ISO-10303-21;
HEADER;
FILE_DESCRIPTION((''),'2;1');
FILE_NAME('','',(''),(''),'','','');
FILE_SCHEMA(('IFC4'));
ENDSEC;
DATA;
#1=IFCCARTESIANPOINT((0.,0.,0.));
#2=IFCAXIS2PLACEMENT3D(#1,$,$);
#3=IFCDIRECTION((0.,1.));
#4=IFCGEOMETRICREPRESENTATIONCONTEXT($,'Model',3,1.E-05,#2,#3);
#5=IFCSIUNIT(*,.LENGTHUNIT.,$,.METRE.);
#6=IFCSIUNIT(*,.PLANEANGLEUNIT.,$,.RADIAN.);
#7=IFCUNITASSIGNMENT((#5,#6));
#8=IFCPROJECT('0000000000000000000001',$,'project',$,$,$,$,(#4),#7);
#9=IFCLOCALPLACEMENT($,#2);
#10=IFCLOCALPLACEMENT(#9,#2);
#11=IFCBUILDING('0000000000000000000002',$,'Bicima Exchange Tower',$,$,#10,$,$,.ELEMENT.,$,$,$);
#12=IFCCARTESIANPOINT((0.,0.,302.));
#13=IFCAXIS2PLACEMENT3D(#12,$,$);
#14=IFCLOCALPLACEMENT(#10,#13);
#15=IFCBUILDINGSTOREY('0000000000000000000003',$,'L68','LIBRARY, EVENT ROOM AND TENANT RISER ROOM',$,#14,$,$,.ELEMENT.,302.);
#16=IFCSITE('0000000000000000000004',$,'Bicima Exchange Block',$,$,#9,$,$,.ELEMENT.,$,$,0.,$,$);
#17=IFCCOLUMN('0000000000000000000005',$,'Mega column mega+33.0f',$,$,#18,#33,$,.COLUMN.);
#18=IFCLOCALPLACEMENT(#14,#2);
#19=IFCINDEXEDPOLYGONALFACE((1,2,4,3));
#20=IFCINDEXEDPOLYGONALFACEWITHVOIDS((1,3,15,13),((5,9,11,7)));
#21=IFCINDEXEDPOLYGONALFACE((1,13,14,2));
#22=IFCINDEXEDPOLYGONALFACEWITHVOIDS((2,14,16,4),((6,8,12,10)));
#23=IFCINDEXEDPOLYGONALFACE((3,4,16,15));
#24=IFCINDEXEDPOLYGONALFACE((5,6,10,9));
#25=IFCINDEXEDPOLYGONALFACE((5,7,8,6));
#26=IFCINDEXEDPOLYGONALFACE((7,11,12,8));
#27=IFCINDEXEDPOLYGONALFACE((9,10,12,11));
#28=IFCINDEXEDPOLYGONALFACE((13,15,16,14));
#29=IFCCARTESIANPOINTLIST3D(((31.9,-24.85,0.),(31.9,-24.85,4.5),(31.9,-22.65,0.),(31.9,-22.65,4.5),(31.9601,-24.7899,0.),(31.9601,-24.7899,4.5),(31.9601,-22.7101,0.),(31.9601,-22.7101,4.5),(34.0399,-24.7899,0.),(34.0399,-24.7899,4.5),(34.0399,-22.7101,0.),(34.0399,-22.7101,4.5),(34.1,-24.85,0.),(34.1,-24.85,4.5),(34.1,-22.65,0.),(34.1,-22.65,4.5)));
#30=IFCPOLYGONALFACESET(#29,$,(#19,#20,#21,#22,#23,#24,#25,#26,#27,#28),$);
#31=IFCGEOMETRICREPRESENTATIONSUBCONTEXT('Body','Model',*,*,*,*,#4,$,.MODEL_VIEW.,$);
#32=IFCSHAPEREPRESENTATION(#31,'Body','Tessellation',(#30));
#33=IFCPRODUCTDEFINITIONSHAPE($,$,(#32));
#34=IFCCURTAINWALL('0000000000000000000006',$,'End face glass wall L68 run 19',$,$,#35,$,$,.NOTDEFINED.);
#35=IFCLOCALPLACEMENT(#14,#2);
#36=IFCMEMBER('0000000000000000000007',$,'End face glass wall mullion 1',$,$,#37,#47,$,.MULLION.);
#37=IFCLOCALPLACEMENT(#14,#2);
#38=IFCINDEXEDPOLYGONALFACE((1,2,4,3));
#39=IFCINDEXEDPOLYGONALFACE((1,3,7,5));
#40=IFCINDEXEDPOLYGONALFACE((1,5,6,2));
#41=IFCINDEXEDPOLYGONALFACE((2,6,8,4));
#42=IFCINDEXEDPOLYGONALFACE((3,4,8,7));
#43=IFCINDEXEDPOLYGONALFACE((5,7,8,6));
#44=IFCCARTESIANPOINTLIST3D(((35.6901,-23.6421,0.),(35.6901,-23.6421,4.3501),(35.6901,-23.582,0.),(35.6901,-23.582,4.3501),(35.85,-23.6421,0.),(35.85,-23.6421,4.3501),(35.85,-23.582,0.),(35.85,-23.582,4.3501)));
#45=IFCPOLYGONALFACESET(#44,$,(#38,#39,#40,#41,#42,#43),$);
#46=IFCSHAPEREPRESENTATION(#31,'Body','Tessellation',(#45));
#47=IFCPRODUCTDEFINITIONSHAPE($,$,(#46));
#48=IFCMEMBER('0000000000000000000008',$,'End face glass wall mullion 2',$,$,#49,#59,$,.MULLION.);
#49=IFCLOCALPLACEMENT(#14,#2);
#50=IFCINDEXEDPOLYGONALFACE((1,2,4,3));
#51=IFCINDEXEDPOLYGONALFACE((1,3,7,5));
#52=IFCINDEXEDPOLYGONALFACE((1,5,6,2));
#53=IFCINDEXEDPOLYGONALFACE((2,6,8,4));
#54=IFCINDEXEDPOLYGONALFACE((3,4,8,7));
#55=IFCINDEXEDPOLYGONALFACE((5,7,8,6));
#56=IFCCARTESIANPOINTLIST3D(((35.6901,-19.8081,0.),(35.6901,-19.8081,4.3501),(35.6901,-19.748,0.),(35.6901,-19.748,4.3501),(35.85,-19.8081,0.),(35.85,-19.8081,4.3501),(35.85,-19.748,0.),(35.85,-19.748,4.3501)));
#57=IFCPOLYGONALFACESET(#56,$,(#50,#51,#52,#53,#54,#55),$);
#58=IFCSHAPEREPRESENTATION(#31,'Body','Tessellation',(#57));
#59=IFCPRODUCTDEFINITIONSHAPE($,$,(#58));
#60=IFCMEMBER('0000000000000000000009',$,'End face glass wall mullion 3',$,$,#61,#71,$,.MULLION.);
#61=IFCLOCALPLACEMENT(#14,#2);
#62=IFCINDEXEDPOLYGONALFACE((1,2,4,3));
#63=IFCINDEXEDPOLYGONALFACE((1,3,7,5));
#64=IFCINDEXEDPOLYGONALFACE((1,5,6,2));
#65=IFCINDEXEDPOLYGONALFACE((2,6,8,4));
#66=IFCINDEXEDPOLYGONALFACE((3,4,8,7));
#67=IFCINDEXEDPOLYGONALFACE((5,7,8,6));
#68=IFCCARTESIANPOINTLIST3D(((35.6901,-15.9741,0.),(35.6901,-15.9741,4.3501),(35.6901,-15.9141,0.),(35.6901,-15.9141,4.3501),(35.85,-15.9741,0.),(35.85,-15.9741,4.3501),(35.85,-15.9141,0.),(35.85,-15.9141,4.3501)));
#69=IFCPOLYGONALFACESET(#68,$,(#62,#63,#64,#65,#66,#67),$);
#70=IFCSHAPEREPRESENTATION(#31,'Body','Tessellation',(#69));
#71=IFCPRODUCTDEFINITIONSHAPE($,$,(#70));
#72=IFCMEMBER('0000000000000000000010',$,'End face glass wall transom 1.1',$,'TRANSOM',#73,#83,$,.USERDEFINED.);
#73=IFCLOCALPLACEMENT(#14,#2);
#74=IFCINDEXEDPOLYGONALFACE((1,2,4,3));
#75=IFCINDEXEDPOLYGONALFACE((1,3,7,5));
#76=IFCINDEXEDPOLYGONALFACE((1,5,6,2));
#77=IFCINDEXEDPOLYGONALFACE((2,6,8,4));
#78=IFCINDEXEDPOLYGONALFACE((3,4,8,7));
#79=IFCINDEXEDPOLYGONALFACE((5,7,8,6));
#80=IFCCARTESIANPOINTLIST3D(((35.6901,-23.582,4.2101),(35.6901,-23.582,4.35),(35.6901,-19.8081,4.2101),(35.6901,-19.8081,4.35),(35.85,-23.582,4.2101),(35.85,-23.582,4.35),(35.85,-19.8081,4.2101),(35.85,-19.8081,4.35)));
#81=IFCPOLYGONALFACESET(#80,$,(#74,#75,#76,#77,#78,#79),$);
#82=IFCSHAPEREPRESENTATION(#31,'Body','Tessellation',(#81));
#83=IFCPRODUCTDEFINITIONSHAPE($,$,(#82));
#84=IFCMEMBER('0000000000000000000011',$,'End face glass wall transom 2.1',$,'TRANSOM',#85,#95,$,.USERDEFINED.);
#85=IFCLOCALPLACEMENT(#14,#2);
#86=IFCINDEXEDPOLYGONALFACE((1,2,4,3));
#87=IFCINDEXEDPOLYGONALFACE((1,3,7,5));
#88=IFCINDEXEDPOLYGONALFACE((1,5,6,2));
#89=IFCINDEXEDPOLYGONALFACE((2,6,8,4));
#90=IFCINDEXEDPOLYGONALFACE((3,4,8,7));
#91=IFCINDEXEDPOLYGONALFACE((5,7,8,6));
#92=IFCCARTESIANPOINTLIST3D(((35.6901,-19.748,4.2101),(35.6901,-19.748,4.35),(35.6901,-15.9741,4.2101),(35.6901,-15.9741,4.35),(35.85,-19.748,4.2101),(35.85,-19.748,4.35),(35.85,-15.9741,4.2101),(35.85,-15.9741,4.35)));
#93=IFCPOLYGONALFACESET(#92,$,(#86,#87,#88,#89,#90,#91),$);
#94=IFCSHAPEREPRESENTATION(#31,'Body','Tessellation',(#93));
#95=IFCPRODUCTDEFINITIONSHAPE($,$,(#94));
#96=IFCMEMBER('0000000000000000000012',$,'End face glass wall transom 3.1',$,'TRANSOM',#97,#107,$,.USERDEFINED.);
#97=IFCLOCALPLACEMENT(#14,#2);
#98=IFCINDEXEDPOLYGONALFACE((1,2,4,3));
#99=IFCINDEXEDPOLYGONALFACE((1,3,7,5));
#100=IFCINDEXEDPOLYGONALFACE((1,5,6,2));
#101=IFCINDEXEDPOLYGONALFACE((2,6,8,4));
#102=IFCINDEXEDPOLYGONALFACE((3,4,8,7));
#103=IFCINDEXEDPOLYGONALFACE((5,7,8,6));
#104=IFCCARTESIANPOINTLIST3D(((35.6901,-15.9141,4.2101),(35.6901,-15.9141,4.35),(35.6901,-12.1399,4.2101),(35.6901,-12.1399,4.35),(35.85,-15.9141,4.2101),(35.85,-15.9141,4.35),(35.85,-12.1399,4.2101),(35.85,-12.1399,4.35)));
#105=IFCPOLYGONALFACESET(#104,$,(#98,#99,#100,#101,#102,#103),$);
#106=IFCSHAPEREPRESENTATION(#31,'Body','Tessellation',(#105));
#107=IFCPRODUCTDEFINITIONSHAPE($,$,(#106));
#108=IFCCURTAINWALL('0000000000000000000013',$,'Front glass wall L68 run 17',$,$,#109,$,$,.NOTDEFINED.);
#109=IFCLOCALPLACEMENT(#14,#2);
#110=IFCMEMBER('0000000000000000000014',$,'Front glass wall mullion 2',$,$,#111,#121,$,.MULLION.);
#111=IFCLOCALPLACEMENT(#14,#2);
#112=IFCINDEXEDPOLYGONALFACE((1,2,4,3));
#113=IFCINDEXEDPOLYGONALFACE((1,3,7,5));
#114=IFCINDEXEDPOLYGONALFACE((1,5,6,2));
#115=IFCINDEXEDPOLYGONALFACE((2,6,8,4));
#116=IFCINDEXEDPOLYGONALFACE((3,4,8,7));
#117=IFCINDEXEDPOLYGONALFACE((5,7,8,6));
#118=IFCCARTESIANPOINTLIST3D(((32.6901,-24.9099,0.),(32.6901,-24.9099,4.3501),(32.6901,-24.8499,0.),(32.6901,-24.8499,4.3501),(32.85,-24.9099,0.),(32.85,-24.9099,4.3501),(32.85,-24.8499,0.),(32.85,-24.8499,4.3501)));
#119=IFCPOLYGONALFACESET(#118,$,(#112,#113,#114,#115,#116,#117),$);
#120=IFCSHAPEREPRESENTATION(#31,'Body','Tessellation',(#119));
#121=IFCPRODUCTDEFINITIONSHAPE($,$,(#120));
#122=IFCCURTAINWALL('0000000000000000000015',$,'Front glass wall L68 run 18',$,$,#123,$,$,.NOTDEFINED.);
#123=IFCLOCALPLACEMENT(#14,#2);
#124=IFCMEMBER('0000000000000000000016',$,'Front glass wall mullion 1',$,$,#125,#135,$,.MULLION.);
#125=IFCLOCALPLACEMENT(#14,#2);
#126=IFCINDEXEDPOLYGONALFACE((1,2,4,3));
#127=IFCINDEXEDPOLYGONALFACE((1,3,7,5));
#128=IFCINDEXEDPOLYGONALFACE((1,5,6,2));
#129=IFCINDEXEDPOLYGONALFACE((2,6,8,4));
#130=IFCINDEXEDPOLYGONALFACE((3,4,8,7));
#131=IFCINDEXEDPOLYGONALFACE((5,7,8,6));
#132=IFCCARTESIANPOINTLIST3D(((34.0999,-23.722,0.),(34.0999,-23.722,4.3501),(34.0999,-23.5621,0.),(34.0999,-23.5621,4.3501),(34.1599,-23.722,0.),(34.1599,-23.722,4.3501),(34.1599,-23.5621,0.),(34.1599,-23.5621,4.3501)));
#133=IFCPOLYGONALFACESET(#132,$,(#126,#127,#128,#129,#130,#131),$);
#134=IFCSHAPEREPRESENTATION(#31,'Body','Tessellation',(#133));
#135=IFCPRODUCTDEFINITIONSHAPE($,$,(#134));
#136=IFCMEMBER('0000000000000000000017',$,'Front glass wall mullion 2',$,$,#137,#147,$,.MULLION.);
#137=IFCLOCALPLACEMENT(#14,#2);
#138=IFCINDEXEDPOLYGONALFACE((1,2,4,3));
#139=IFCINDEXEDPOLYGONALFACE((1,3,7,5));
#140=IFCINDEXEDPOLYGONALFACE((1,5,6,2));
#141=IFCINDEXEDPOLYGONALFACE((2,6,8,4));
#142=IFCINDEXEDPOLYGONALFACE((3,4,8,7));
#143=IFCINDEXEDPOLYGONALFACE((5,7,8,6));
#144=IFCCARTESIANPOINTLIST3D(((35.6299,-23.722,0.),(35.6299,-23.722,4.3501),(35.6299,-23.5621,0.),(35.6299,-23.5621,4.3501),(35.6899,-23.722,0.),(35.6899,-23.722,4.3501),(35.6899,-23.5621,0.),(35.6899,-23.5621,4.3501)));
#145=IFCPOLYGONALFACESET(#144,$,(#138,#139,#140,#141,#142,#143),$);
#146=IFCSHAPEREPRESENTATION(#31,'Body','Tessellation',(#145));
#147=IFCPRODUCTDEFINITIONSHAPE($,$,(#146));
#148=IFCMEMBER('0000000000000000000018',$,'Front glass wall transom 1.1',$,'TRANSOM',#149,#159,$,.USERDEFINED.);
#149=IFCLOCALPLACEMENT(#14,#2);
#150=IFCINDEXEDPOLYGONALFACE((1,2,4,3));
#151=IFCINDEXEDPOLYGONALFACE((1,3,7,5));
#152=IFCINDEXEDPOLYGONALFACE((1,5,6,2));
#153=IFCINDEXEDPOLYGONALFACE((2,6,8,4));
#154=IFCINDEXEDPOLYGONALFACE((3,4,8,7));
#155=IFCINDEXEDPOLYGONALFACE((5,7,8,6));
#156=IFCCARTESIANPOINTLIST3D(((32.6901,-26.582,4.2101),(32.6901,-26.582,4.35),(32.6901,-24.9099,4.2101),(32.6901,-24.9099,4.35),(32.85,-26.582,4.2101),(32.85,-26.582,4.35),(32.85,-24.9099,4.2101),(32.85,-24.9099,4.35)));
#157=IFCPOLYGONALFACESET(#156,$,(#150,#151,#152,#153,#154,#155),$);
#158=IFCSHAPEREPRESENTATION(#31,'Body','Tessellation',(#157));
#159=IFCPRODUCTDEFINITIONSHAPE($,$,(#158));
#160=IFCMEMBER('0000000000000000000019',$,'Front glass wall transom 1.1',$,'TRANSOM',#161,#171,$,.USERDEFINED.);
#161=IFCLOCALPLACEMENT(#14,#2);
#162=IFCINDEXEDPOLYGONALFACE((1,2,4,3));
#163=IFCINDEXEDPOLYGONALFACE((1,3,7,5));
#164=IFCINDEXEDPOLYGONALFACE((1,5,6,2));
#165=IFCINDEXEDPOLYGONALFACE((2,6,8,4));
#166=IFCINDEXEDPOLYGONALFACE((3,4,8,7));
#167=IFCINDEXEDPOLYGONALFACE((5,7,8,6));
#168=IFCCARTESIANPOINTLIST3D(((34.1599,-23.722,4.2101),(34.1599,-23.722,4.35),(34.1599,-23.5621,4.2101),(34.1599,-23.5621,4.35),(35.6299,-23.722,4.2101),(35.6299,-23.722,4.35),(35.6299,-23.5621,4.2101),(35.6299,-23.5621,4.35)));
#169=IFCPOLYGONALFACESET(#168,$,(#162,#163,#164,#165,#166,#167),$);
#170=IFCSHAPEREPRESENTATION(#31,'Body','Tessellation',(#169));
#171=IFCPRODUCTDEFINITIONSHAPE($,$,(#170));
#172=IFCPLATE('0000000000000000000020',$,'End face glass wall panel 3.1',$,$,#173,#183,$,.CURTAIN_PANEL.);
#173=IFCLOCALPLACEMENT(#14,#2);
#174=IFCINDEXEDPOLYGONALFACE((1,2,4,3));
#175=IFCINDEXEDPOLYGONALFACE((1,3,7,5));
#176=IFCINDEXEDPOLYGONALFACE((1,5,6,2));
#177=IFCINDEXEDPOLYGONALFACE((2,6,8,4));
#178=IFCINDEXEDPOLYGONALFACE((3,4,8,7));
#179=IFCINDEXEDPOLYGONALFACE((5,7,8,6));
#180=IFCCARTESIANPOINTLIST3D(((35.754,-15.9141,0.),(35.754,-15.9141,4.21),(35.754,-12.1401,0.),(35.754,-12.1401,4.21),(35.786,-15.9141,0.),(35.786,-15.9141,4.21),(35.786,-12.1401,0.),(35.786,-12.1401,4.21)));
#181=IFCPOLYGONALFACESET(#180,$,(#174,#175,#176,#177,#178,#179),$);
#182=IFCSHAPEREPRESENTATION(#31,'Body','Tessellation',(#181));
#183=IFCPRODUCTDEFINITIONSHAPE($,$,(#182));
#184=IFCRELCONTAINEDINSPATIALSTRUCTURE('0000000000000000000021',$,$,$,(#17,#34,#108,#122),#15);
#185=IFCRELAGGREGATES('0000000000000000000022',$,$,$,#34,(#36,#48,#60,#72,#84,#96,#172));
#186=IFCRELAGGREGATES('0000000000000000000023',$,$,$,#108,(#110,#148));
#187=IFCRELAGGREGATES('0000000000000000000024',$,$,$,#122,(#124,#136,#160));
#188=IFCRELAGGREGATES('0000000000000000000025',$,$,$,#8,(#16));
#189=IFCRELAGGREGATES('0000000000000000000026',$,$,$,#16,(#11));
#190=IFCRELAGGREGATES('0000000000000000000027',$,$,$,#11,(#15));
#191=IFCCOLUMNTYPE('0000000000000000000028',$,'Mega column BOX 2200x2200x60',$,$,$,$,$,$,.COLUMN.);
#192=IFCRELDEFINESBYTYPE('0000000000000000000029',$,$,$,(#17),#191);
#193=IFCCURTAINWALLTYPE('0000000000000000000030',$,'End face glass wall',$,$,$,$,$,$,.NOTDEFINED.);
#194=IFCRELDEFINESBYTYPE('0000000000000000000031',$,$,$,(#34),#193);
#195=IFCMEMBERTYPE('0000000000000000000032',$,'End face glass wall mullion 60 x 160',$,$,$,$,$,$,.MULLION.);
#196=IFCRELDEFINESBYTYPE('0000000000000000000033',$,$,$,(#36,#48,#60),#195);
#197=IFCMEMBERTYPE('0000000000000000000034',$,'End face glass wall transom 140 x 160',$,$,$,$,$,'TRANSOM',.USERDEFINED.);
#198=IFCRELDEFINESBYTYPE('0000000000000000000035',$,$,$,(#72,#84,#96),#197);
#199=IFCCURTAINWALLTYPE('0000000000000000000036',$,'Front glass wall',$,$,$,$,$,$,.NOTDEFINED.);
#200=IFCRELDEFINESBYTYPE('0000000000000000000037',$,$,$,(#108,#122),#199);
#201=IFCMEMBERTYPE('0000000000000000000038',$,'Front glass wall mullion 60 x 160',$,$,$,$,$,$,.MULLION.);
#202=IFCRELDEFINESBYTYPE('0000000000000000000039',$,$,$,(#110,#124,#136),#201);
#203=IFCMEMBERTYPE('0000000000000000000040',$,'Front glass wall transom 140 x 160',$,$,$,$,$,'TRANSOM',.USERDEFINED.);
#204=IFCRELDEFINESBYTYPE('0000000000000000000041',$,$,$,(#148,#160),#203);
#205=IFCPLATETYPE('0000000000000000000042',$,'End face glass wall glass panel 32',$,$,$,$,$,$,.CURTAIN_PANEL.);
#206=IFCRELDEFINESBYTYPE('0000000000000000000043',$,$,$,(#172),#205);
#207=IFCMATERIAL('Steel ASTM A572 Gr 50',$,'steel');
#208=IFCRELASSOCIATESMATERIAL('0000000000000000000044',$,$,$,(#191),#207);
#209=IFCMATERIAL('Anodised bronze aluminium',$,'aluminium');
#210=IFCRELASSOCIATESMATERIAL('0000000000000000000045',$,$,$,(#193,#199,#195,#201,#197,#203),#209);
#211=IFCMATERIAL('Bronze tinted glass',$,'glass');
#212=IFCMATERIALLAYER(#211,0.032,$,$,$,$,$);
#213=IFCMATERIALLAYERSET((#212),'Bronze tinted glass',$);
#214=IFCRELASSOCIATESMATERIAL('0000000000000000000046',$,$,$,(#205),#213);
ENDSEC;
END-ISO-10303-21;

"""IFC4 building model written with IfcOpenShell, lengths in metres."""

from ifc_helpers import new_model, si_unit, direction, frame, origin, origin_2d, place, context, subcontext, project, spatial, rectangle, hollow_rectangle, extrude, material, layer, layer_set, material_profile, profile_set, type_object, element, aggregate, save


model = new_model("IFC4")

# Units and contexts
model_context = context("Model", 3, precision=1e-05, world=origin(), true_north=direction((0.0, 1.0)))
body_context = subcontext(model_context, "Body", "Model", "MODEL_VIEW")
ifc_project = project(units=[si_unit("LENGTHUNIT", "METRE"), si_unit("PLANEANGLEUNIT", "RADIAN")], contexts=[model_context])

# Site, building, storey
site_placement = place(None, origin())
site = spatial("IfcSite", under=ifc_project, at=site_placement, Name="Bicima Exchange Block", CompositionType="ELEMENT", RefElevation=0.0)
building_placement = place(site_placement, origin())
building = spatial("IfcBuilding", under=site, at=building_placement, Name="Bicima Exchange Tower", CompositionType="ELEMENT")
storey_placement = place(building_placement, frame((0.0, 0.0, 302.0)))
storey = spatial("IfcBuildingStorey", under=building, at=storey_placement, Name="L68", Description="LIBRARY, EVENT ROOM AND TENANT RISER ROOM", CompositionType="ELEMENT", Elevation=302.0)

# Column
ifc_material_1 = material(Name="Steel ASTM A572 Gr 50", Category="steel")
ifc_material_profile_1 = material_profile(ifc_material_1, hollow_rectangle(XDim=2.2, YDim=2.2, WallThickness=0.0601, at=origin_2d()))
ifc_profile_set_1 = profile_set([ifc_material_profile_1], Name="Steel ASTM A572 Gr 50")
column_type = type_object("IfcColumnType", Name="Mega column BOX 2200x2200x60", PredefinedType="COLUMN", material=ifc_profile_set_1)
column_placement = place(storey_placement, frame((33.0, -23.75, 0.0), z_axis=(0.0, 0.0, 1.0), x_axis=(1.0, 0.0, 0.0)))
element("IfcColumn", 1, at=column_placement, inside=storey, type_object=column_type, Name="Mega column mega+33.0f", PredefinedType="COLUMN", context=body_context, shape_type="SweptSolid", body=[
    extrude(hollow_rectangle(XDim=2.2, YDim=2.2, WallThickness=0.0601, at=origin_2d()), origin(), (0.0, 0.0, 1.0), 4.5),
])

# Curtain wall, members
ifc_material_2 = material(Name="Anodised bronze aluminium", Category="aluminium")
curtain_wall_type_1 = type_object("IfcCurtainWallType", Name="End face glass wall", PredefinedType="NOTDEFINED", material=ifc_material_2)
curtain_wall_1_placement = place(storey_placement, origin())
curtain_wall_1 = element("IfcCurtainWall", 2, at=curtain_wall_1_placement, inside=storey, type_object=curtain_wall_type_1, Name="End face glass wall L68 run 19", PredefinedType="NOTDEFINED")
ifc_material_profile_2 = material_profile(ifc_material_2, rectangle(XDim=0.1599, YDim=0.0601, at=origin_2d()))
ifc_profile_set_2 = profile_set([ifc_material_profile_2], Name="Anodised bronze aluminium")
member_type_1 = type_object("IfcMemberType", Name="End face glass wall mullion 60 x 160", PredefinedType="MULLION", material=ifc_profile_set_2)
member_1_placement = place(storey_placement, frame((35.77, -23.6121, 0.0), z_axis=(0.0, 0.0, 1.0), x_axis=(-1.0, 0.0, 0.0)))
member_1 = element("IfcMember", 3, at=member_1_placement, type_object=member_type_1, Name="End face glass wall mullion 1", PredefinedType="MULLION", context=body_context, shape_type="SweptSolid", body=[
    extrude(rectangle(XDim=0.1599, YDim=0.0601, at=origin_2d()), origin(), (0.0, 0.0, 1.0), 4.3501),
])
member_2_placement = place(storey_placement, frame((35.77, -19.7781, 0.0), z_axis=(0.0, 0.0, 1.0), x_axis=(-1.0, 0.0, 0.0)))
member_2 = element("IfcMember", 4, at=member_2_placement, type_object=member_type_1, Name="End face glass wall mullion 2", PredefinedType="MULLION", context=body_context, shape_type="SweptSolid", body=[
    extrude(rectangle(XDim=0.1599, YDim=0.0601, at=origin_2d()), origin(), (0.0, 0.0, 1.0), 4.3501),
])
member_3_placement = place(storey_placement, frame((35.77, -15.9441, 0.0), z_axis=(0.0, 0.0, 1.0), x_axis=(-1.0, 0.0, 0.0)))
member_3 = element("IfcMember", 5, at=member_3_placement, type_object=member_type_1, Name="End face glass wall mullion 3", PredefinedType="MULLION", context=body_context, shape_type="SweptSolid", body=[
    extrude(rectangle(XDim=0.1599, YDim=0.0601, at=origin_2d()), origin(), (0.0, 0.0, 1.0), 4.3501),
])
ifc_material_profile_3 = material_profile(ifc_material_2, rectangle(XDim=0.1599, YDim=0.1399, at=origin_2d()))
ifc_profile_set_3 = profile_set([ifc_material_profile_3], Name="Anodised bronze aluminium")
member_type_2 = type_object("IfcMemberType", Name="End face glass wall transom 140 x 160", ElementType="TRANSOM", PredefinedType="USERDEFINED", material=ifc_profile_set_3)
member_4_placement = place(storey_placement, frame((35.77, -23.582, 4.28), z_axis=(0.0, 1.0, 0.0), x_axis=(-1.0, 0.0, 0.0)))
member_4 = element("IfcMember", 6, at=member_4_placement, type_object=member_type_2, Name="End face glass wall transom 1.1", ObjectType="TRANSOM", PredefinedType="USERDEFINED", context=body_context, shape_type="SweptSolid", body=[
    extrude(rectangle(XDim=0.1599, YDim=0.1399, at=origin_2d()), origin(), (0.0, 0.0, 1.0), 3.7739),
])
member_5_placement = place(storey_placement, frame((35.77, -19.748, 4.28), z_axis=(0.0, 1.0, 0.0), x_axis=(-1.0, 0.0, 0.0)))
member_5 = element("IfcMember", 7, at=member_5_placement, type_object=member_type_2, Name="End face glass wall transom 2.1", ObjectType="TRANSOM", PredefinedType="USERDEFINED", context=body_context, shape_type="SweptSolid", body=[
    extrude(rectangle(XDim=0.1599, YDim=0.1399, at=origin_2d()), origin(), (0.0, 0.0, 1.0), 3.7739),
])
member_6_placement = place(storey_placement, frame((35.77, -15.9141, 4.28), z_axis=(0.0, 1.0, 0.0), x_axis=(-1.0, 0.0, 0.0)))
member_6 = element("IfcMember", 8, at=member_6_placement, type_object=member_type_2, Name="End face glass wall transom 3.1", ObjectType="TRANSOM", PredefinedType="USERDEFINED", context=body_context, shape_type="SweptSolid", body=[
    extrude(rectangle(XDim=0.1599, YDim=0.1399, at=origin_2d()), origin(), (0.0, 0.0, 1.0), 3.7742),
])

# Curtain wall, member
curtain_wall_type_2 = type_object("IfcCurtainWallType", Name="Front glass wall", PredefinedType="NOTDEFINED", material=ifc_material_2)
curtain_wall_2_placement = place(storey_placement, origin())
curtain_wall_2 = element("IfcCurtainWall", 9, at=curtain_wall_2_placement, inside=storey, type_object=curtain_wall_type_2, Name="Front glass wall L68 run 17", PredefinedType="NOTDEFINED")
member_type_3 = type_object("IfcMemberType", Name="Front glass wall mullion 60 x 160", PredefinedType="MULLION", material=ifc_profile_set_2)
member_7_placement = place(storey_placement, frame((32.77, -24.8799, 0.0), z_axis=(0.0, 0.0, 1.0), x_axis=(-1.0, 0.0, 0.0)))
member_7 = element("IfcMember", 10, at=member_7_placement, type_object=member_type_3, Name="Front glass wall mullion 2", PredefinedType="MULLION", context=body_context, shape_type="SweptSolid", body=[
    extrude(rectangle(XDim=0.1599, YDim=0.0601, at=origin_2d()), origin(), (0.0, 0.0, 1.0), 4.3501),
])

# Curtain wall, members
curtain_wall_3_placement = place(storey_placement, origin())
curtain_wall_3 = element("IfcCurtainWall", 11, at=curtain_wall_3_placement, inside=storey, type_object=curtain_wall_type_2, Name="Front glass wall L68 run 18", PredefinedType="NOTDEFINED")
member_8_placement = place(storey_placement, frame((34.1299, -23.6421, 0.0), z_axis=(0.0, 0.0, 1.0), x_axis=(0.0, 1.0, 0.0)))
member_8 = element("IfcMember", 12, at=member_8_placement, type_object=member_type_3, Name="Front glass wall mullion 1", PredefinedType="MULLION", context=body_context, shape_type="SweptSolid", body=[
    extrude(rectangle(XDim=0.1599, YDim=0.0601, at=origin_2d()), origin(), (0.0, 0.0, 1.0), 4.3501),
])
member_9_placement = place(storey_placement, frame((35.6599, -23.6421, 0.0), z_axis=(0.0, 0.0, 1.0), x_axis=(0.0, 1.0, 0.0)))
member_9 = element("IfcMember", 13, at=member_9_placement, type_object=member_type_3, Name="Front glass wall mullion 2", PredefinedType="MULLION", context=body_context, shape_type="SweptSolid", body=[
    extrude(rectangle(XDim=0.1599, YDim=0.0601, at=origin_2d()), origin(), (0.0, 0.0, 1.0), 4.3501),
])

# Members
member_type_4 = type_object("IfcMemberType", Name="Front glass wall transom 140 x 160", ElementType="TRANSOM", PredefinedType="USERDEFINED", material=ifc_profile_set_3)
member_10_placement = place(storey_placement, frame((32.77, -26.582, 4.28), z_axis=(0.0, 1.0, 0.0), x_axis=(-1.0, 0.0, 0.0)))
member_10 = element("IfcMember", 14, at=member_10_placement, type_object=member_type_4, Name="Front glass wall transom 1.1", ObjectType="TRANSOM", PredefinedType="USERDEFINED", context=body_context, shape_type="SweptSolid", body=[
    extrude(rectangle(XDim=0.1599, YDim=0.1399, at=origin_2d()), origin(), (0.0, 0.0, 1.0), 1.6721),
])
member_11_placement = place(storey_placement, frame((34.1599, -23.6421, 4.28), z_axis=(1.0, 0.0, 0.0), x_axis=(0.0, 1.0, 0.0)))
member_11 = element("IfcMember", 15, at=member_11_placement, type_object=member_type_4, Name="Front glass wall transom 1.1", ObjectType="TRANSOM", PredefinedType="USERDEFINED", context=body_context, shape_type="SweptSolid", body=[
    extrude(rectangle(XDim=0.1599, YDim=0.1399, at=origin_2d()), origin(), (0.0, 0.0, 1.0), 1.47),
])

# Plate
ifc_material_3 = material(Name="Bronze tinted glass", Category="glass")
ifc_layer_1 = layer(ifc_material_3, 0.032)
ifc_layer_set_1 = layer_set([ifc_layer_1], Name="Bronze tinted glass")
plate_type_1 = type_object("IfcPlateType", Name="End face glass wall glass panel 32", PredefinedType="CURTAIN_PANEL", material=ifc_layer_set_1)
plate_1_placement = place(storey_placement, frame((35.77, -14.0271, 0.0), z_axis=(0.0, 0.0, 1.0), x_axis=(0.0, 1.0, 0.0)))
plate_1 = element("IfcPlate", 16, at=plate_1_placement, type_object=plate_type_1, Name="End face glass wall panel 3.1", PredefinedType="CURTAIN_PANEL", context=body_context, shape_type="SweptSolid", body=[
    extrude(rectangle(XDim=3.7739, YDim=0.032, at=origin_2d()), origin(), (0.0, 0.0, 1.0), 4.21),
])
aggregate(curtain_wall_1, [member_1, member_2, member_3, member_4, member_5, member_6, plate_1])
aggregate(curtain_wall_2, [member_7, member_10])
aggregate(curtain_wall_3, [member_8, member_9, member_11])

save(model, "model.ifc")
